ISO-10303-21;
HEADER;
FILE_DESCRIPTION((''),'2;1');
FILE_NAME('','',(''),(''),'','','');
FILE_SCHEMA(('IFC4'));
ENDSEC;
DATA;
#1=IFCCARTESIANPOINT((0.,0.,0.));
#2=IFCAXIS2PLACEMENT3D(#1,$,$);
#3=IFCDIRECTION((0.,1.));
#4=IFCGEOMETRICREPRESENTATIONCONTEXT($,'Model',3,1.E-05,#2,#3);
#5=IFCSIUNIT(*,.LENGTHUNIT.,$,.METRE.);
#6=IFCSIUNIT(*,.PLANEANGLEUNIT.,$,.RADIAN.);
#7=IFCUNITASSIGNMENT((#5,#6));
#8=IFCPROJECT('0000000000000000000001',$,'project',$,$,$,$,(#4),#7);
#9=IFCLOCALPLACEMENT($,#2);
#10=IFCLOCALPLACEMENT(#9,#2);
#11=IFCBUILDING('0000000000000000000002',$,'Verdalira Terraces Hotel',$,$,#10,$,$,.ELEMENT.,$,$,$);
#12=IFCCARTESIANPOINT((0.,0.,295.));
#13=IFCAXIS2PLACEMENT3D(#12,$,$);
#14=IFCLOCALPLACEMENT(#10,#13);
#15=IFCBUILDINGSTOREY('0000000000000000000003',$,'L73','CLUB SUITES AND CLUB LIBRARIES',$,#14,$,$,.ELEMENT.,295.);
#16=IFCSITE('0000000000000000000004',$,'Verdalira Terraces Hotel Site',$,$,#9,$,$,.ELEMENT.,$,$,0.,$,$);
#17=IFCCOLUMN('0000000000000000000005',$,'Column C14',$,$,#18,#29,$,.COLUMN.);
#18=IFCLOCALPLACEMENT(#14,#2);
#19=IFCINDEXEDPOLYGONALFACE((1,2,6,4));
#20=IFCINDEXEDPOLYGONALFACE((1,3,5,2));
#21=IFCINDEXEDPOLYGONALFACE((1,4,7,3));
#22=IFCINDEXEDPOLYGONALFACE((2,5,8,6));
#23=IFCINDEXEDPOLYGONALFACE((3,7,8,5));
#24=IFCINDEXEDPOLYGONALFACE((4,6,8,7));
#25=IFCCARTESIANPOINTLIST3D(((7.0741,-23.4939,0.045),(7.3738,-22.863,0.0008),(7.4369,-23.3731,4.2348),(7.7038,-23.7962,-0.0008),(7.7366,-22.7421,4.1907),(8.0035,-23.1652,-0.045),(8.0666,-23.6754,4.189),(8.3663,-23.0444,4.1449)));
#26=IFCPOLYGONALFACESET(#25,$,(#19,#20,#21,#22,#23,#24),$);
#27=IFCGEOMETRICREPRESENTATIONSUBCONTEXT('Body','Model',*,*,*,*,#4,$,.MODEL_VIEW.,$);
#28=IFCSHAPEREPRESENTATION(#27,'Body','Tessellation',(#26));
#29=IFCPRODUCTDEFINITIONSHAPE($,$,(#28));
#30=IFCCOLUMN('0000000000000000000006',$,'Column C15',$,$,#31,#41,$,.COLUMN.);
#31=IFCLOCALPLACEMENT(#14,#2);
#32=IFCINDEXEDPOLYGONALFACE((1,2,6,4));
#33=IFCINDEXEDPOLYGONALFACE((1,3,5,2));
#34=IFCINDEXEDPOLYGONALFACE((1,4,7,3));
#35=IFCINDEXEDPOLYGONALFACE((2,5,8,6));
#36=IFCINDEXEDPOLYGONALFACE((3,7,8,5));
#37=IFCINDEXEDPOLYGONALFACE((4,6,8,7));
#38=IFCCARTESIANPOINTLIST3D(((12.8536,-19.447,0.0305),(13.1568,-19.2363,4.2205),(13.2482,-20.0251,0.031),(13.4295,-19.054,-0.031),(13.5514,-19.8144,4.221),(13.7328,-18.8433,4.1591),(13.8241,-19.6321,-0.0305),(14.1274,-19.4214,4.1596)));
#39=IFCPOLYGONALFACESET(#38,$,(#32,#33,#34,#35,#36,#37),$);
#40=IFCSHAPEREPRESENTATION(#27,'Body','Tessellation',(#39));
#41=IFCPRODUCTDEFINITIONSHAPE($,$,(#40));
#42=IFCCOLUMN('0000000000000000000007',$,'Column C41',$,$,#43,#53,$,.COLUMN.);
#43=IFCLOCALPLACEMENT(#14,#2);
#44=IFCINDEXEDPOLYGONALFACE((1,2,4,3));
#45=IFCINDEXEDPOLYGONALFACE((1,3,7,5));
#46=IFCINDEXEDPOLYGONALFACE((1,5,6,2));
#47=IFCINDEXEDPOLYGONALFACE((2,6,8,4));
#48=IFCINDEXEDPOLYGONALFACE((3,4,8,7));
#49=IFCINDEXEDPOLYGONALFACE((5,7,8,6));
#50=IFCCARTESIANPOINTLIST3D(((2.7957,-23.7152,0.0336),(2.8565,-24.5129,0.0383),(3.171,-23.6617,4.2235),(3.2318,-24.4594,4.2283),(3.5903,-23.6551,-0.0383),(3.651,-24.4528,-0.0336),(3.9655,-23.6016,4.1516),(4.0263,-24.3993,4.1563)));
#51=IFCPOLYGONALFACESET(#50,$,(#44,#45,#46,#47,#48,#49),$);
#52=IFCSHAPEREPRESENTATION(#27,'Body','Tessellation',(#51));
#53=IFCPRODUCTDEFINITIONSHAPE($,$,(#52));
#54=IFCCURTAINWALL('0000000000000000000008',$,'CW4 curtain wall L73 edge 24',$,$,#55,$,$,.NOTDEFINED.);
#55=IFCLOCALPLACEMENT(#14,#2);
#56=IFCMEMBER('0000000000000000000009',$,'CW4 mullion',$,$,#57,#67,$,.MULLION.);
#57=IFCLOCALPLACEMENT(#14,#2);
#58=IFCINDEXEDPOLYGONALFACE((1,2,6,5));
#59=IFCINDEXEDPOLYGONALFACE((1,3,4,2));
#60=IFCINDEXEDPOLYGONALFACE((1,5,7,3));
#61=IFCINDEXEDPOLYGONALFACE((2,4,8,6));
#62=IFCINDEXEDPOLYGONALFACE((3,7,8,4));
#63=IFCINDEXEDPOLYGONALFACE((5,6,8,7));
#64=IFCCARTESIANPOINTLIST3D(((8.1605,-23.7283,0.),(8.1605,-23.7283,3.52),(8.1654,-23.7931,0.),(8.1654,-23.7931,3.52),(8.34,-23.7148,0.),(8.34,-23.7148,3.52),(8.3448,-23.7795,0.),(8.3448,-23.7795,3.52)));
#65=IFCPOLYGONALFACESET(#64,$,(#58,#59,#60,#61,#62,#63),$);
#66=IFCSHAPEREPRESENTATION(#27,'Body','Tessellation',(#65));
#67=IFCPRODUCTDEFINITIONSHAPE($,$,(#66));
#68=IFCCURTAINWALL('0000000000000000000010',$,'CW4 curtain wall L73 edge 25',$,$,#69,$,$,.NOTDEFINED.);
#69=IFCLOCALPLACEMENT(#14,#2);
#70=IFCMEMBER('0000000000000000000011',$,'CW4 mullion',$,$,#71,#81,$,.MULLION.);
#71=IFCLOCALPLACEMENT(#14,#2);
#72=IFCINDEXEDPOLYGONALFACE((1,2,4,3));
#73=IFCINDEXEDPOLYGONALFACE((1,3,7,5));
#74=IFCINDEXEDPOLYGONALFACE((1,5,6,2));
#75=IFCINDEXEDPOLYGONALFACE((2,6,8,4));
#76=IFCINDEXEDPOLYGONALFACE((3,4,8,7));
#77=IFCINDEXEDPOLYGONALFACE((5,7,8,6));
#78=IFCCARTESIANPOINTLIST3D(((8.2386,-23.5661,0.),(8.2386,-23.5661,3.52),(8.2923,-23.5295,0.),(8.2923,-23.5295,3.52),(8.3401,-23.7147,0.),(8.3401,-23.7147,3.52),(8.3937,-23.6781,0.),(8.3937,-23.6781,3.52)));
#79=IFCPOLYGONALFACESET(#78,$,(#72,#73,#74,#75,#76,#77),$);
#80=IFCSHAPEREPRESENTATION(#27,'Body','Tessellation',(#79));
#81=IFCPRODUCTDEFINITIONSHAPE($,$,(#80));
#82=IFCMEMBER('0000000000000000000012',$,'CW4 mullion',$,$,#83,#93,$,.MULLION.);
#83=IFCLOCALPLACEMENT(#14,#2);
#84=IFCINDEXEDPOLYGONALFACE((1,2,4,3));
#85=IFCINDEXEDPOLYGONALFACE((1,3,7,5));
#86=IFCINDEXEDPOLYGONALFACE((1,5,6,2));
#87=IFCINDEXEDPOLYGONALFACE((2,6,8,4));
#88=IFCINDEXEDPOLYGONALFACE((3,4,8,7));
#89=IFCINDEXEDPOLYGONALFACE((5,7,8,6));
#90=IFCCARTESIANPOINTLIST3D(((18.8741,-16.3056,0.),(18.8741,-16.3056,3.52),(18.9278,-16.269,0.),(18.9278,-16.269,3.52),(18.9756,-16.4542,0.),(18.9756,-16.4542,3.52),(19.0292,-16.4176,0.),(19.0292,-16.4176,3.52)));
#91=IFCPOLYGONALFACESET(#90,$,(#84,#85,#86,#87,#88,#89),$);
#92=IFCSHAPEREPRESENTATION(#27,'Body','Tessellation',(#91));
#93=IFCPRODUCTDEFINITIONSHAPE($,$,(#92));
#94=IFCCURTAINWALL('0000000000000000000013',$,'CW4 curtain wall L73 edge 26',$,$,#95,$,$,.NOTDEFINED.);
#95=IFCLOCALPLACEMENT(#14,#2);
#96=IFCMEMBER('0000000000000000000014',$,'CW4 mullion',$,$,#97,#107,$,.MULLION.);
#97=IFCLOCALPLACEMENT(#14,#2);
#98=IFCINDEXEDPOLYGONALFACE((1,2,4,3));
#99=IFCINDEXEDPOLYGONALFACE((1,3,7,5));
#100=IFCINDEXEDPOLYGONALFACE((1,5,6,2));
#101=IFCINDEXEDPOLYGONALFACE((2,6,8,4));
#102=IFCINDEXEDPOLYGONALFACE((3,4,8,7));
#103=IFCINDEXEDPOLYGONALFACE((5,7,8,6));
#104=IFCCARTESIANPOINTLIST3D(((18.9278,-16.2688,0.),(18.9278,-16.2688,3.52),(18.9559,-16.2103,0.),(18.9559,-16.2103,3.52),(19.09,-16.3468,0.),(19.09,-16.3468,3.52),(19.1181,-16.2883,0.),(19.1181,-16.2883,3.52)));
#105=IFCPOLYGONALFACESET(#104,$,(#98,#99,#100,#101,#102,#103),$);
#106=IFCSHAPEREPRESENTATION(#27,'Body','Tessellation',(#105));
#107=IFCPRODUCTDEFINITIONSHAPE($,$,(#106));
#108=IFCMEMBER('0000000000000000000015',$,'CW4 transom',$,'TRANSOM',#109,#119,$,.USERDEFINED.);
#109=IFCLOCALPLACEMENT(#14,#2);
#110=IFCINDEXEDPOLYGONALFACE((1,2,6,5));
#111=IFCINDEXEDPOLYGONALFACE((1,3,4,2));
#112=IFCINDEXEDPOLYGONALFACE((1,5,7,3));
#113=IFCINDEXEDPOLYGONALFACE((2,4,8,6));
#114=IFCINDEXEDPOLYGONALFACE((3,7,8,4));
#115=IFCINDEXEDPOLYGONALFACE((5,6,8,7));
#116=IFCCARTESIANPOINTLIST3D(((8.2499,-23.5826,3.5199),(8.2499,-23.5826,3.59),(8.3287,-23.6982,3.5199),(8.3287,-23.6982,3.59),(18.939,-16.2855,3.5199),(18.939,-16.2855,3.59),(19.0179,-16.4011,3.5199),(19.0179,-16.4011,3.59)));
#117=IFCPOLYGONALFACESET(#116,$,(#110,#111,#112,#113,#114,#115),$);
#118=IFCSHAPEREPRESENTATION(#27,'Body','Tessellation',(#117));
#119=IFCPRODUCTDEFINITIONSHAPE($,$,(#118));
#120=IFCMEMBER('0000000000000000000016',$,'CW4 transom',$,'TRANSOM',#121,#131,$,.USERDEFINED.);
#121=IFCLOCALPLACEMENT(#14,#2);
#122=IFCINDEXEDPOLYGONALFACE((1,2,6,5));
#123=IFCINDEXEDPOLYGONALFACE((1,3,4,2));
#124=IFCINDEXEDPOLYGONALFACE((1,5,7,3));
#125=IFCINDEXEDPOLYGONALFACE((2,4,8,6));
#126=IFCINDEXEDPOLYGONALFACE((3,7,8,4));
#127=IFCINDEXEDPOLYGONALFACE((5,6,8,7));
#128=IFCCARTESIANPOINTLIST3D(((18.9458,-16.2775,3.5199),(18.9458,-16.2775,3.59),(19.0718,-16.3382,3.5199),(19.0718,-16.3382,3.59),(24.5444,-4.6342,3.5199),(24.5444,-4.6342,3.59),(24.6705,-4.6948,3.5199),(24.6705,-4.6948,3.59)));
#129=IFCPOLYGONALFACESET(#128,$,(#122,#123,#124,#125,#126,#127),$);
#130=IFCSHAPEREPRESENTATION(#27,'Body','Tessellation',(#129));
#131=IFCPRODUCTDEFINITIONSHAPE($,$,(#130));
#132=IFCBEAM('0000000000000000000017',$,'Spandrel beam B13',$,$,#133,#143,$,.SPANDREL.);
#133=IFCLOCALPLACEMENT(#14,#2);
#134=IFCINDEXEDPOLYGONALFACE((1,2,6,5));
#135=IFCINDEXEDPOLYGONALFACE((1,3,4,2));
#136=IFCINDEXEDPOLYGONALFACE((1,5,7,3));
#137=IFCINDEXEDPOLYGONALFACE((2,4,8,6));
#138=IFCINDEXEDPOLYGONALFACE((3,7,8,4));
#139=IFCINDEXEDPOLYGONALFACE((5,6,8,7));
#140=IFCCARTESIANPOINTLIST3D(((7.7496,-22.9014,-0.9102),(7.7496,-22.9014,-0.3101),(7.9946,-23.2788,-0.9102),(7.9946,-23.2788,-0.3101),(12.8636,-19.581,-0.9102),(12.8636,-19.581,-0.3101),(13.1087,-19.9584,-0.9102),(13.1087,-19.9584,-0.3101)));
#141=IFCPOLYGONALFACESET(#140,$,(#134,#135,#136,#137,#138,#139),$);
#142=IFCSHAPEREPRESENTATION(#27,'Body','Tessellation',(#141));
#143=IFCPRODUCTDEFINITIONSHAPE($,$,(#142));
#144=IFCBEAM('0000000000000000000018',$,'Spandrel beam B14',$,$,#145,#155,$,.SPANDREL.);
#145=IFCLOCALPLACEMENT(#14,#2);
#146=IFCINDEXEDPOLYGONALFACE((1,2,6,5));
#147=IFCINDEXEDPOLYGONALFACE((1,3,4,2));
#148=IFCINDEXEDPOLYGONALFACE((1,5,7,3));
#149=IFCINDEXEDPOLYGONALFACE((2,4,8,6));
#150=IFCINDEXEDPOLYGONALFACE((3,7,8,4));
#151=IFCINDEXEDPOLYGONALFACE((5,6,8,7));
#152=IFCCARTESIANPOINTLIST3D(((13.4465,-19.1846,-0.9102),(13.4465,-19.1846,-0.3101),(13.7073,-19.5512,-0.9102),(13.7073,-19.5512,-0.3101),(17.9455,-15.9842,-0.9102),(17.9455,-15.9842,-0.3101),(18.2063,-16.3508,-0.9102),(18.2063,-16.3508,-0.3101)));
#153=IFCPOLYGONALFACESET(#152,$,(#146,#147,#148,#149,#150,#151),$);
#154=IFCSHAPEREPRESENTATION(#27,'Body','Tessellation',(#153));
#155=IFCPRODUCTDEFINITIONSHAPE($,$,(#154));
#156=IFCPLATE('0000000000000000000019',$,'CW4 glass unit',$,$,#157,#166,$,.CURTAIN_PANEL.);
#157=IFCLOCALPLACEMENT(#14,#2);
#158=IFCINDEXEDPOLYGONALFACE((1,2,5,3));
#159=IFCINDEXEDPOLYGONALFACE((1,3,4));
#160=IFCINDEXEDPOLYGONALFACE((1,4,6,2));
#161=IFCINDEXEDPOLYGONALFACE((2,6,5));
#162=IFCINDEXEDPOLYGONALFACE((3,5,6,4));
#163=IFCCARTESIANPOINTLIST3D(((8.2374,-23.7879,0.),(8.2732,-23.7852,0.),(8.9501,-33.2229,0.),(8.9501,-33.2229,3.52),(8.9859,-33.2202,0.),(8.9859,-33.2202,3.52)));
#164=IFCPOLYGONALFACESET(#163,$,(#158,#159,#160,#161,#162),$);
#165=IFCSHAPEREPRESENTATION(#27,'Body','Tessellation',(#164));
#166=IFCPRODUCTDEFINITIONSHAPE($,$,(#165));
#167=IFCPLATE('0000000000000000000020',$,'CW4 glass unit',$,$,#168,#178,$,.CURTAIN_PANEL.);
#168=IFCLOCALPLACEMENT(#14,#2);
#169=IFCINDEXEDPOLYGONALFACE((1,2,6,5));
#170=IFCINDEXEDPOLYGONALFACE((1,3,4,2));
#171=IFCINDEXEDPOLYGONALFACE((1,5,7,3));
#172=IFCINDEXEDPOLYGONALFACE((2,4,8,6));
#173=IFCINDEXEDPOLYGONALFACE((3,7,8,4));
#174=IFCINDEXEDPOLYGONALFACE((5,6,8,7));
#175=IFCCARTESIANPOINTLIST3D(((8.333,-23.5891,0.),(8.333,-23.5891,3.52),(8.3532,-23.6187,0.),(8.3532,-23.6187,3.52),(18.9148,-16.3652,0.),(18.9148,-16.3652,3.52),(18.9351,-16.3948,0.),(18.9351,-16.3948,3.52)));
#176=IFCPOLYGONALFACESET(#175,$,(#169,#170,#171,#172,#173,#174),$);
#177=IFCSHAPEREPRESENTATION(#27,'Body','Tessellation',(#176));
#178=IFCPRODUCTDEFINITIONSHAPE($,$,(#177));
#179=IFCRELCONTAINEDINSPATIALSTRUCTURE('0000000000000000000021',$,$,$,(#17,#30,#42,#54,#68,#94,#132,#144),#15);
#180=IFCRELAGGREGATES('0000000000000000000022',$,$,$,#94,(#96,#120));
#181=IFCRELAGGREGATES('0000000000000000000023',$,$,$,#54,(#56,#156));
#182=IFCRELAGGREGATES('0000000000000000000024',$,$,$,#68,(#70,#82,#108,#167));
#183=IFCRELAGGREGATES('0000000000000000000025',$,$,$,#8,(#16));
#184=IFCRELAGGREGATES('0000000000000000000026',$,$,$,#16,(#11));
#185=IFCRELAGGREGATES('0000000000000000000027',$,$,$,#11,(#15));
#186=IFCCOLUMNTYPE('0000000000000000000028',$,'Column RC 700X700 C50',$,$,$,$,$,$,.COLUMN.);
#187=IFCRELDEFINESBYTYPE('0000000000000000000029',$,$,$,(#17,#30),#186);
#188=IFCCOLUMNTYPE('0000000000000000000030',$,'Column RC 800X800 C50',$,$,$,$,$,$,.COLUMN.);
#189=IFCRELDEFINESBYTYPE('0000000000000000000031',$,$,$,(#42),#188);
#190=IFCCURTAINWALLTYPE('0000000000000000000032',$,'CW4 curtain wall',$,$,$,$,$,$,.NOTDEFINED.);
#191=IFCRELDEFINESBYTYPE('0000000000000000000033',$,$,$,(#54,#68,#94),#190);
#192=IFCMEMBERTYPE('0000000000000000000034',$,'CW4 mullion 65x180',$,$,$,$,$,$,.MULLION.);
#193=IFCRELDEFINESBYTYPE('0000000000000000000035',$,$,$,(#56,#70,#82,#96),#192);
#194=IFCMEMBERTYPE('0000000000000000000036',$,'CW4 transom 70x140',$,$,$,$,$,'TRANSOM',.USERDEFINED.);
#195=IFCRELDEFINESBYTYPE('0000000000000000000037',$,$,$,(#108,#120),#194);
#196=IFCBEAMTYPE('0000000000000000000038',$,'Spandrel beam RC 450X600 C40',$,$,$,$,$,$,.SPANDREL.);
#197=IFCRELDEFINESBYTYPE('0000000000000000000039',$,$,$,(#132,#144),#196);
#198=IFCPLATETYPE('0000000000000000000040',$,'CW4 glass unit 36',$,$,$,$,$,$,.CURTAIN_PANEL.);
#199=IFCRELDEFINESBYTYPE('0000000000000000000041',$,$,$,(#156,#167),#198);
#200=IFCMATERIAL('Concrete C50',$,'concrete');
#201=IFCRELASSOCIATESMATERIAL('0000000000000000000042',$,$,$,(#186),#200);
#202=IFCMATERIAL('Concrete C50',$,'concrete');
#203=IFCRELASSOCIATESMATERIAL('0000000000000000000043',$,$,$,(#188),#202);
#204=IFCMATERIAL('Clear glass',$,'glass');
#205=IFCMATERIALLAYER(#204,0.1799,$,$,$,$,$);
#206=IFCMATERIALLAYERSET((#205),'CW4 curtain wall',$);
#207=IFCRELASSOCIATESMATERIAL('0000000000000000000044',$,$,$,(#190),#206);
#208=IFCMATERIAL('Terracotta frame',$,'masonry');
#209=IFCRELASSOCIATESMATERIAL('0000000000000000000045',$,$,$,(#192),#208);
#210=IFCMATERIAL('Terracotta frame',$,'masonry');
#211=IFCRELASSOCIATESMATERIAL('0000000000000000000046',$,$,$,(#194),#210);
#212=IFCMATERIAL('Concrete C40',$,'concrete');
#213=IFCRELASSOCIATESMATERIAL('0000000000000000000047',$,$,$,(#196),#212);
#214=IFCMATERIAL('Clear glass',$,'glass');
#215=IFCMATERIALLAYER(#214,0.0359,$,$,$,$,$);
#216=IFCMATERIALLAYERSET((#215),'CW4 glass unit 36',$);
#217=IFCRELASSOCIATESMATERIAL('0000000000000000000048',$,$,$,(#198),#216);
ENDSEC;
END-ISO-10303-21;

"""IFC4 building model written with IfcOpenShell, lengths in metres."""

from ifc_helpers import new_model, si_unit, direction, frame, origin, origin_2d, place, context, subcontext, project, spatial, polyline, rectangle, outline, extrude, material, layer, layer_set, material_profile, profile_set, type_object, element, aggregate, save


model = new_model("IFC4")

# Units and contexts
model_context = context("Model", 3, precision=1e-05, world=origin(), true_north=direction((0.0, 1.0)))
body_context = subcontext(model_context, "Body", "Model", "MODEL_VIEW")
ifc_project = project(units=[si_unit("LENGTHUNIT", "METRE"), si_unit("PLANEANGLEUNIT", "RADIAN")], contexts=[model_context])

# Site, building, storey
site_placement = place(None, origin())
site = spatial("IfcSite", under=ifc_project, at=site_placement, Name="Verdalira Terraces Hotel Site", CompositionType="ELEMENT", RefElevation=0.0)
building_placement = place(site_placement, origin())
building = spatial("IfcBuilding", under=site, at=building_placement, Name="Verdalira Terraces Hotel", CompositionType="ELEMENT")
storey_placement = place(building_placement, frame((0.0, 0.0, 295.0)))
storey = spatial("IfcBuildingStorey", under=building, at=storey_placement, Name="L73", Description="CLUB SUITES AND CLUB LIBRARIES", CompositionType="ELEMENT", Elevation=295.0)

# Columns
ifc_material_1 = material(Name="Concrete C50", Category="concrete")
ifc_material_profile_1 = material_profile(ifc_material_1, rectangle(XDim=0.7, YDim=0.7, at=origin_2d()), Name="RC 700X700")
ifc_profile_set_1 = profile_set([ifc_material_profile_1], Name="Concrete C50")
column_type_1 = type_object("IfcColumnType", Name="Column RC 700X700 C50", PredefinedType="COLUMN", material=ifc_profile_set_1)
column_1_placement = place(storey_placement, frame((7.5388, -23.3296, 0.0), z_axis=(0.086228, 0.028723, 0.995861), x_axis=(-0.428191, -0.901484, 0.063077)))
element("IfcColumn", 1, at=column_1_placement, inside=storey, type_object=column_type_1, Name="Column C14", PredefinedType="COLUMN", context=body_context, shape_type="SweptSolid", body=[
    extrude(rectangle(XDim=0.7, YDim=0.7, at=origin_2d()), origin(), (0.0, 0.0, 1.0), 4.2073),
])
column_2_placement = place(storey_placement, frame((13.3389, -19.5396, 0.0), z_axis=(0.07209, 0.050091, 0.99614), x_axis=(0.822815, 0.561489, -0.087781)))
element("IfcColumn", 2, at=column_2_placement, inside=storey, type_object=column_type_1, Name="Column C15", PredefinedType="COLUMN", context=body_context, shape_type="SweptSolid", body=[
    extrude(rectangle(XDim=0.7, YDim=0.7, at=origin_2d()), origin(), (0.0, 0.0, 1.0), 4.2063),
])
ifc_material_2 = material(Name="Concrete C50", Category="concrete")
ifc_material_profile_2 = material_profile(ifc_material_2, rectangle(XDim=0.8, YDim=0.8, at=origin_2d()), Name="RC 800X800")
ifc_profile_set_2 = profile_set([ifc_material_profile_2], Name="Concrete C50")
column_type_2 = type_object("IfcColumnType", Name="Column RC 800X800 C50", PredefinedType="COLUMN", material=ifc_profile_set_2)
column_3_placement = place(storey_placement, frame((3.2234, -24.084, 0.0), z_axis=(0.089194, 0.012709, 0.995933), x_axis=(0.075966, -0.997093, 0.00592)))
element("IfcColumn", 3, at=column_3_placement, inside=storey, type_object=column_type_2, Name="Column C41", PredefinedType="COLUMN", context=body_context, shape_type="SweptSolid", body=[
    extrude(rectangle(XDim=0.8, YDim=0.8, at=origin_2d()), origin(), (0.0, 0.0, 1.0), 4.207),
])

# Curtain wall, member
ifc_material_3 = material(Name="Clear glass", Category="glass")
ifc_layer_1 = layer(ifc_material_3, 0.1799)
ifc_layer_set_1 = layer_set([ifc_layer_1], Name="CW4 curtain wall")
curtain_wall_type = type_object("IfcCurtainWallType", Name="CW4 curtain wall", PredefinedType="NOTDEFINED", material=ifc_layer_set_1)
curtain_wall_1_placement = place(storey_placement, origin())
curtain_wall_1 = element("IfcCurtainWall", 4, at=curtain_wall_1_placement, inside=storey, type_object=curtain_wall_type, Name="CW4 curtain wall L73 edge 24", PredefinedType="NOTDEFINED")
ifc_material_4 = material(Name="Terracotta frame", Category="masonry")
ifc_material_profile_3 = material_profile(ifc_material_4, rectangle(XDim=0.0649, YDim=0.1799, at=origin_2d()), Name="MU 65x180")
ifc_profile_set_3 = profile_set([ifc_material_profile_3], Name="Terracotta frame")
member_type_1 = type_object("IfcMemberType", Name="CW4 mullion 65x180", PredefinedType="MULLION", material=ifc_profile_set_3)
member_1_placement = place(storey_placement, frame((8.2527, -23.7539, 0.0), z_axis=(0.0, 0.0, 1.0), x_axis=(-0.075327, 0.997159, 0.0)))
member_1 = element("IfcMember", 5, at=member_1_placement, type_object=member_type_1, Name="CW4 mullion", PredefinedType="MULLION", context=body_context, shape_type="SweptSolid", body=[
    extrude(rectangle(XDim=0.0649, YDim=0.1799, at=origin_2d()), origin(), (0.0, 0.0, 1.0), 3.52),
])

# Curtain wall, members
curtain_wall_2_placement = place(storey_placement, origin())
curtain_wall_2 = element("IfcCurtainWall", 6, at=curtain_wall_2_placement, inside=storey, type_object=curtain_wall_type, Name="CW4 curtain wall L73 edge 25", PredefinedType="NOTDEFINED")
member_2_placement = place(storey_placement, frame((8.3162, -23.6221, 0.0), z_axis=(0.0, 0.0, 1.0), x_axis=(0.825902, 0.563814, 0.0)))
member_2 = element("IfcMember", 7, at=member_2_placement, type_object=member_type_1, Name="CW4 mullion", PredefinedType="MULLION", context=body_context, shape_type="SweptSolid", body=[
    extrude(rectangle(XDim=0.0649, YDim=0.1799, at=origin_2d()), origin(), (0.0, 0.0, 1.0), 3.52),
])
member_3_placement = place(storey_placement, frame((18.9517, -16.3616, 0.0), z_axis=(0.0, 0.0, 1.0), x_axis=(0.825902, 0.563814, 0.0)))
member_3 = element("IfcMember", 8, at=member_3_placement, type_object=member_type_1, Name="CW4 mullion", PredefinedType="MULLION", context=body_context, shape_type="SweptSolid", body=[
    extrude(rectangle(XDim=0.0649, YDim=0.1799, at=origin_2d()), origin(), (0.0, 0.0, 1.0), 3.52),
])

# Curtain wall, member
curtain_wall_3_placement = place(storey_placement, origin())
curtain_wall_3 = element("IfcCurtainWall", 9, at=curtain_wall_3_placement, inside=storey, type_object=curtain_wall_type, Name="CW4 curtain wall L73 edge 26", PredefinedType="NOTDEFINED")
member_4_placement = place(storey_placement, frame((19.0229, -16.2786, 0.0), z_axis=(0.0, 0.0, 1.0), x_axis=(0.433345, 0.901228, 0.0)))
member_4 = element("IfcMember", 10, at=member_4_placement, type_object=member_type_1, Name="CW4 mullion", PredefinedType="MULLION", context=body_context, shape_type="SweptSolid", body=[
    extrude(rectangle(XDim=0.0649, YDim=0.1799, at=origin_2d()), origin(), (0.0, 0.0, 1.0), 3.52),
])

# Members
ifc_material_5 = material(Name="Terracotta frame", Category="masonry")
ifc_material_profile_4 = material_profile(ifc_material_5, rectangle(XDim=0.1399, YDim=0.0701, at=origin_2d()), Name="TR 70x140")
ifc_profile_set_4 = profile_set([ifc_material_profile_4], Name="Terracotta frame")
member_type_2 = type_object("IfcMemberType", Name="CW4 transom 70x140", ElementType="TRANSOM", PredefinedType="USERDEFINED", material=ifc_profile_set_4)
member_5_placement = place(storey_placement, frame((8.2893, -23.6404, 3.5549), z_axis=(0.825903, 0.563813, 0.0), x_axis=(-0.563813, 0.825903, 0.0)))
member_5 = element("IfcMember", 11, at=member_5_placement, type_object=member_type_2, Name="CW4 transom", ObjectType="TRANSOM", PredefinedType="USERDEFINED", context=body_context, shape_type="SweptSolid", body=[
    extrude(rectangle(XDim=0.1399, YDim=0.0701, at=origin_2d()), origin(), (0.0, 0.0, 1.0), 12.9424),
])
member_6_placement = place(storey_placement, frame((19.0088, -16.3079, 3.5549), z_axis=(0.43335, 0.901226, 0.0), x_axis=(-0.901226, 0.43335, 0.0)))
member_6 = element("IfcMember", 12, at=member_6_placement, type_object=member_type_2, Name="CW4 transom", ObjectType="TRANSOM", PredefinedType="USERDEFINED", context=body_context, shape_type="SweptSolid", body=[
    extrude(rectangle(XDim=0.1399, YDim=0.0701, at=origin_2d()), origin(), (0.0, 0.0, 1.0), 12.9194),
])
aggregate(curtain_wall_3, [member_4, member_6])

# Beams
ifc_material_6 = material(Name="Concrete C40", Category="concrete")
ifc_material_profile_5 = material_profile(ifc_material_6, rectangle(XDim=0.45, YDim=0.6001, at=origin_2d()), Name="RC 450X600")
ifc_profile_set_5 = profile_set([ifc_material_profile_5], Name="Concrete C40")
beam_type = type_object("IfcBeamType", Name="Spandrel beam RC 450X600 C40", PredefinedType="SPANDREL", material=ifc_profile_set_5)
beam_1_placement = place(storey_placement, frame((7.8721, -23.0901, -0.6101), z_axis=(0.838728, 0.544551, 0.0), x_axis=(-0.544551, 0.838728, 0.0)))
element("IfcBeam", 13, at=beam_1_placement, inside=storey, type_object=beam_type, Name="Spandrel beam B13", PredefinedType="SPANDREL", context=body_context, shape_type="SweptSolid", body=[
    extrude(rectangle(XDim=0.45, YDim=0.6001, at=origin_2d()), origin(), (0.0, 0.0, 1.0), 6.0974),
])
beam_2_placement = place(storey_placement, frame((13.5769, -19.3679, -0.6101), z_axis=(0.814858, 0.57966, 0.0), x_axis=(-0.57966, 0.814858, 0.0)))
element("IfcBeam", 14, at=beam_2_placement, inside=storey, type_object=beam_type, Name="Spandrel beam B14", PredefinedType="SPANDREL", context=body_context, shape_type="SweptSolid", body=[
    extrude(rectangle(XDim=0.45, YDim=0.6001, at=origin_2d()), origin(), (0.0, 0.0, 1.0), 5.5212),
])

# Plates
ifc_material_7 = material(Name="Clear glass", Category="glass")
ifc_layer_2 = layer(ifc_material_7, 0.0359)
ifc_layer_set_2 = layer_set([ifc_layer_2], Name="CW4 glass unit 36")
plate_type = type_object("IfcPlateType", Name="CW4 glass unit 36", PredefinedType="CURTAIN_PANEL", material=ifc_layer_set_2)
plate_1_placement = place(storey_placement, frame((8.5938, -28.5054, 1.76), z_axis=(0.997159, 0.075327, 0.0), x_axis=(-0.075327, 0.997159, 0.0)))
plate_1 = element("IfcPlate", 15, at=plate_1_placement, type_object=plate_type, Name="CW4 glass unit", PredefinedType="CURTAIN_PANEL", context=body_context, shape_type="SweptSolid", body=[
    extrude(outline(polyline([(-4.731, -1.76), (4.731, -1.76), (-4.731, 1.76), (-4.731, -1.76)])), origin(), (0.0, 0.0, 1.0), 0.0359),
])
aggregate(curtain_wall_1, [member_1, plate_1])
plate_2_placement = place(storey_placement, frame((13.634, -19.9919, 0.0), z_axis=(0.0, 0.0, 1.0), x_axis=(0.825902, 0.563814, 0.0)))
plate_2 = element("IfcPlate", 16, at=plate_2_placement, type_object=plate_type, Name="CW4 glass unit", PredefinedType="CURTAIN_PANEL", context=body_context, shape_type="SweptSolid", body=[
    extrude(rectangle(XDim=12.8125, YDim=0.0359, at=origin_2d()), origin(), (0.0, 0.0, 1.0), 3.52),
])
aggregate(curtain_wall_2, [member_2, member_3, member_5, plate_2])

save(model, "model.ifc")
